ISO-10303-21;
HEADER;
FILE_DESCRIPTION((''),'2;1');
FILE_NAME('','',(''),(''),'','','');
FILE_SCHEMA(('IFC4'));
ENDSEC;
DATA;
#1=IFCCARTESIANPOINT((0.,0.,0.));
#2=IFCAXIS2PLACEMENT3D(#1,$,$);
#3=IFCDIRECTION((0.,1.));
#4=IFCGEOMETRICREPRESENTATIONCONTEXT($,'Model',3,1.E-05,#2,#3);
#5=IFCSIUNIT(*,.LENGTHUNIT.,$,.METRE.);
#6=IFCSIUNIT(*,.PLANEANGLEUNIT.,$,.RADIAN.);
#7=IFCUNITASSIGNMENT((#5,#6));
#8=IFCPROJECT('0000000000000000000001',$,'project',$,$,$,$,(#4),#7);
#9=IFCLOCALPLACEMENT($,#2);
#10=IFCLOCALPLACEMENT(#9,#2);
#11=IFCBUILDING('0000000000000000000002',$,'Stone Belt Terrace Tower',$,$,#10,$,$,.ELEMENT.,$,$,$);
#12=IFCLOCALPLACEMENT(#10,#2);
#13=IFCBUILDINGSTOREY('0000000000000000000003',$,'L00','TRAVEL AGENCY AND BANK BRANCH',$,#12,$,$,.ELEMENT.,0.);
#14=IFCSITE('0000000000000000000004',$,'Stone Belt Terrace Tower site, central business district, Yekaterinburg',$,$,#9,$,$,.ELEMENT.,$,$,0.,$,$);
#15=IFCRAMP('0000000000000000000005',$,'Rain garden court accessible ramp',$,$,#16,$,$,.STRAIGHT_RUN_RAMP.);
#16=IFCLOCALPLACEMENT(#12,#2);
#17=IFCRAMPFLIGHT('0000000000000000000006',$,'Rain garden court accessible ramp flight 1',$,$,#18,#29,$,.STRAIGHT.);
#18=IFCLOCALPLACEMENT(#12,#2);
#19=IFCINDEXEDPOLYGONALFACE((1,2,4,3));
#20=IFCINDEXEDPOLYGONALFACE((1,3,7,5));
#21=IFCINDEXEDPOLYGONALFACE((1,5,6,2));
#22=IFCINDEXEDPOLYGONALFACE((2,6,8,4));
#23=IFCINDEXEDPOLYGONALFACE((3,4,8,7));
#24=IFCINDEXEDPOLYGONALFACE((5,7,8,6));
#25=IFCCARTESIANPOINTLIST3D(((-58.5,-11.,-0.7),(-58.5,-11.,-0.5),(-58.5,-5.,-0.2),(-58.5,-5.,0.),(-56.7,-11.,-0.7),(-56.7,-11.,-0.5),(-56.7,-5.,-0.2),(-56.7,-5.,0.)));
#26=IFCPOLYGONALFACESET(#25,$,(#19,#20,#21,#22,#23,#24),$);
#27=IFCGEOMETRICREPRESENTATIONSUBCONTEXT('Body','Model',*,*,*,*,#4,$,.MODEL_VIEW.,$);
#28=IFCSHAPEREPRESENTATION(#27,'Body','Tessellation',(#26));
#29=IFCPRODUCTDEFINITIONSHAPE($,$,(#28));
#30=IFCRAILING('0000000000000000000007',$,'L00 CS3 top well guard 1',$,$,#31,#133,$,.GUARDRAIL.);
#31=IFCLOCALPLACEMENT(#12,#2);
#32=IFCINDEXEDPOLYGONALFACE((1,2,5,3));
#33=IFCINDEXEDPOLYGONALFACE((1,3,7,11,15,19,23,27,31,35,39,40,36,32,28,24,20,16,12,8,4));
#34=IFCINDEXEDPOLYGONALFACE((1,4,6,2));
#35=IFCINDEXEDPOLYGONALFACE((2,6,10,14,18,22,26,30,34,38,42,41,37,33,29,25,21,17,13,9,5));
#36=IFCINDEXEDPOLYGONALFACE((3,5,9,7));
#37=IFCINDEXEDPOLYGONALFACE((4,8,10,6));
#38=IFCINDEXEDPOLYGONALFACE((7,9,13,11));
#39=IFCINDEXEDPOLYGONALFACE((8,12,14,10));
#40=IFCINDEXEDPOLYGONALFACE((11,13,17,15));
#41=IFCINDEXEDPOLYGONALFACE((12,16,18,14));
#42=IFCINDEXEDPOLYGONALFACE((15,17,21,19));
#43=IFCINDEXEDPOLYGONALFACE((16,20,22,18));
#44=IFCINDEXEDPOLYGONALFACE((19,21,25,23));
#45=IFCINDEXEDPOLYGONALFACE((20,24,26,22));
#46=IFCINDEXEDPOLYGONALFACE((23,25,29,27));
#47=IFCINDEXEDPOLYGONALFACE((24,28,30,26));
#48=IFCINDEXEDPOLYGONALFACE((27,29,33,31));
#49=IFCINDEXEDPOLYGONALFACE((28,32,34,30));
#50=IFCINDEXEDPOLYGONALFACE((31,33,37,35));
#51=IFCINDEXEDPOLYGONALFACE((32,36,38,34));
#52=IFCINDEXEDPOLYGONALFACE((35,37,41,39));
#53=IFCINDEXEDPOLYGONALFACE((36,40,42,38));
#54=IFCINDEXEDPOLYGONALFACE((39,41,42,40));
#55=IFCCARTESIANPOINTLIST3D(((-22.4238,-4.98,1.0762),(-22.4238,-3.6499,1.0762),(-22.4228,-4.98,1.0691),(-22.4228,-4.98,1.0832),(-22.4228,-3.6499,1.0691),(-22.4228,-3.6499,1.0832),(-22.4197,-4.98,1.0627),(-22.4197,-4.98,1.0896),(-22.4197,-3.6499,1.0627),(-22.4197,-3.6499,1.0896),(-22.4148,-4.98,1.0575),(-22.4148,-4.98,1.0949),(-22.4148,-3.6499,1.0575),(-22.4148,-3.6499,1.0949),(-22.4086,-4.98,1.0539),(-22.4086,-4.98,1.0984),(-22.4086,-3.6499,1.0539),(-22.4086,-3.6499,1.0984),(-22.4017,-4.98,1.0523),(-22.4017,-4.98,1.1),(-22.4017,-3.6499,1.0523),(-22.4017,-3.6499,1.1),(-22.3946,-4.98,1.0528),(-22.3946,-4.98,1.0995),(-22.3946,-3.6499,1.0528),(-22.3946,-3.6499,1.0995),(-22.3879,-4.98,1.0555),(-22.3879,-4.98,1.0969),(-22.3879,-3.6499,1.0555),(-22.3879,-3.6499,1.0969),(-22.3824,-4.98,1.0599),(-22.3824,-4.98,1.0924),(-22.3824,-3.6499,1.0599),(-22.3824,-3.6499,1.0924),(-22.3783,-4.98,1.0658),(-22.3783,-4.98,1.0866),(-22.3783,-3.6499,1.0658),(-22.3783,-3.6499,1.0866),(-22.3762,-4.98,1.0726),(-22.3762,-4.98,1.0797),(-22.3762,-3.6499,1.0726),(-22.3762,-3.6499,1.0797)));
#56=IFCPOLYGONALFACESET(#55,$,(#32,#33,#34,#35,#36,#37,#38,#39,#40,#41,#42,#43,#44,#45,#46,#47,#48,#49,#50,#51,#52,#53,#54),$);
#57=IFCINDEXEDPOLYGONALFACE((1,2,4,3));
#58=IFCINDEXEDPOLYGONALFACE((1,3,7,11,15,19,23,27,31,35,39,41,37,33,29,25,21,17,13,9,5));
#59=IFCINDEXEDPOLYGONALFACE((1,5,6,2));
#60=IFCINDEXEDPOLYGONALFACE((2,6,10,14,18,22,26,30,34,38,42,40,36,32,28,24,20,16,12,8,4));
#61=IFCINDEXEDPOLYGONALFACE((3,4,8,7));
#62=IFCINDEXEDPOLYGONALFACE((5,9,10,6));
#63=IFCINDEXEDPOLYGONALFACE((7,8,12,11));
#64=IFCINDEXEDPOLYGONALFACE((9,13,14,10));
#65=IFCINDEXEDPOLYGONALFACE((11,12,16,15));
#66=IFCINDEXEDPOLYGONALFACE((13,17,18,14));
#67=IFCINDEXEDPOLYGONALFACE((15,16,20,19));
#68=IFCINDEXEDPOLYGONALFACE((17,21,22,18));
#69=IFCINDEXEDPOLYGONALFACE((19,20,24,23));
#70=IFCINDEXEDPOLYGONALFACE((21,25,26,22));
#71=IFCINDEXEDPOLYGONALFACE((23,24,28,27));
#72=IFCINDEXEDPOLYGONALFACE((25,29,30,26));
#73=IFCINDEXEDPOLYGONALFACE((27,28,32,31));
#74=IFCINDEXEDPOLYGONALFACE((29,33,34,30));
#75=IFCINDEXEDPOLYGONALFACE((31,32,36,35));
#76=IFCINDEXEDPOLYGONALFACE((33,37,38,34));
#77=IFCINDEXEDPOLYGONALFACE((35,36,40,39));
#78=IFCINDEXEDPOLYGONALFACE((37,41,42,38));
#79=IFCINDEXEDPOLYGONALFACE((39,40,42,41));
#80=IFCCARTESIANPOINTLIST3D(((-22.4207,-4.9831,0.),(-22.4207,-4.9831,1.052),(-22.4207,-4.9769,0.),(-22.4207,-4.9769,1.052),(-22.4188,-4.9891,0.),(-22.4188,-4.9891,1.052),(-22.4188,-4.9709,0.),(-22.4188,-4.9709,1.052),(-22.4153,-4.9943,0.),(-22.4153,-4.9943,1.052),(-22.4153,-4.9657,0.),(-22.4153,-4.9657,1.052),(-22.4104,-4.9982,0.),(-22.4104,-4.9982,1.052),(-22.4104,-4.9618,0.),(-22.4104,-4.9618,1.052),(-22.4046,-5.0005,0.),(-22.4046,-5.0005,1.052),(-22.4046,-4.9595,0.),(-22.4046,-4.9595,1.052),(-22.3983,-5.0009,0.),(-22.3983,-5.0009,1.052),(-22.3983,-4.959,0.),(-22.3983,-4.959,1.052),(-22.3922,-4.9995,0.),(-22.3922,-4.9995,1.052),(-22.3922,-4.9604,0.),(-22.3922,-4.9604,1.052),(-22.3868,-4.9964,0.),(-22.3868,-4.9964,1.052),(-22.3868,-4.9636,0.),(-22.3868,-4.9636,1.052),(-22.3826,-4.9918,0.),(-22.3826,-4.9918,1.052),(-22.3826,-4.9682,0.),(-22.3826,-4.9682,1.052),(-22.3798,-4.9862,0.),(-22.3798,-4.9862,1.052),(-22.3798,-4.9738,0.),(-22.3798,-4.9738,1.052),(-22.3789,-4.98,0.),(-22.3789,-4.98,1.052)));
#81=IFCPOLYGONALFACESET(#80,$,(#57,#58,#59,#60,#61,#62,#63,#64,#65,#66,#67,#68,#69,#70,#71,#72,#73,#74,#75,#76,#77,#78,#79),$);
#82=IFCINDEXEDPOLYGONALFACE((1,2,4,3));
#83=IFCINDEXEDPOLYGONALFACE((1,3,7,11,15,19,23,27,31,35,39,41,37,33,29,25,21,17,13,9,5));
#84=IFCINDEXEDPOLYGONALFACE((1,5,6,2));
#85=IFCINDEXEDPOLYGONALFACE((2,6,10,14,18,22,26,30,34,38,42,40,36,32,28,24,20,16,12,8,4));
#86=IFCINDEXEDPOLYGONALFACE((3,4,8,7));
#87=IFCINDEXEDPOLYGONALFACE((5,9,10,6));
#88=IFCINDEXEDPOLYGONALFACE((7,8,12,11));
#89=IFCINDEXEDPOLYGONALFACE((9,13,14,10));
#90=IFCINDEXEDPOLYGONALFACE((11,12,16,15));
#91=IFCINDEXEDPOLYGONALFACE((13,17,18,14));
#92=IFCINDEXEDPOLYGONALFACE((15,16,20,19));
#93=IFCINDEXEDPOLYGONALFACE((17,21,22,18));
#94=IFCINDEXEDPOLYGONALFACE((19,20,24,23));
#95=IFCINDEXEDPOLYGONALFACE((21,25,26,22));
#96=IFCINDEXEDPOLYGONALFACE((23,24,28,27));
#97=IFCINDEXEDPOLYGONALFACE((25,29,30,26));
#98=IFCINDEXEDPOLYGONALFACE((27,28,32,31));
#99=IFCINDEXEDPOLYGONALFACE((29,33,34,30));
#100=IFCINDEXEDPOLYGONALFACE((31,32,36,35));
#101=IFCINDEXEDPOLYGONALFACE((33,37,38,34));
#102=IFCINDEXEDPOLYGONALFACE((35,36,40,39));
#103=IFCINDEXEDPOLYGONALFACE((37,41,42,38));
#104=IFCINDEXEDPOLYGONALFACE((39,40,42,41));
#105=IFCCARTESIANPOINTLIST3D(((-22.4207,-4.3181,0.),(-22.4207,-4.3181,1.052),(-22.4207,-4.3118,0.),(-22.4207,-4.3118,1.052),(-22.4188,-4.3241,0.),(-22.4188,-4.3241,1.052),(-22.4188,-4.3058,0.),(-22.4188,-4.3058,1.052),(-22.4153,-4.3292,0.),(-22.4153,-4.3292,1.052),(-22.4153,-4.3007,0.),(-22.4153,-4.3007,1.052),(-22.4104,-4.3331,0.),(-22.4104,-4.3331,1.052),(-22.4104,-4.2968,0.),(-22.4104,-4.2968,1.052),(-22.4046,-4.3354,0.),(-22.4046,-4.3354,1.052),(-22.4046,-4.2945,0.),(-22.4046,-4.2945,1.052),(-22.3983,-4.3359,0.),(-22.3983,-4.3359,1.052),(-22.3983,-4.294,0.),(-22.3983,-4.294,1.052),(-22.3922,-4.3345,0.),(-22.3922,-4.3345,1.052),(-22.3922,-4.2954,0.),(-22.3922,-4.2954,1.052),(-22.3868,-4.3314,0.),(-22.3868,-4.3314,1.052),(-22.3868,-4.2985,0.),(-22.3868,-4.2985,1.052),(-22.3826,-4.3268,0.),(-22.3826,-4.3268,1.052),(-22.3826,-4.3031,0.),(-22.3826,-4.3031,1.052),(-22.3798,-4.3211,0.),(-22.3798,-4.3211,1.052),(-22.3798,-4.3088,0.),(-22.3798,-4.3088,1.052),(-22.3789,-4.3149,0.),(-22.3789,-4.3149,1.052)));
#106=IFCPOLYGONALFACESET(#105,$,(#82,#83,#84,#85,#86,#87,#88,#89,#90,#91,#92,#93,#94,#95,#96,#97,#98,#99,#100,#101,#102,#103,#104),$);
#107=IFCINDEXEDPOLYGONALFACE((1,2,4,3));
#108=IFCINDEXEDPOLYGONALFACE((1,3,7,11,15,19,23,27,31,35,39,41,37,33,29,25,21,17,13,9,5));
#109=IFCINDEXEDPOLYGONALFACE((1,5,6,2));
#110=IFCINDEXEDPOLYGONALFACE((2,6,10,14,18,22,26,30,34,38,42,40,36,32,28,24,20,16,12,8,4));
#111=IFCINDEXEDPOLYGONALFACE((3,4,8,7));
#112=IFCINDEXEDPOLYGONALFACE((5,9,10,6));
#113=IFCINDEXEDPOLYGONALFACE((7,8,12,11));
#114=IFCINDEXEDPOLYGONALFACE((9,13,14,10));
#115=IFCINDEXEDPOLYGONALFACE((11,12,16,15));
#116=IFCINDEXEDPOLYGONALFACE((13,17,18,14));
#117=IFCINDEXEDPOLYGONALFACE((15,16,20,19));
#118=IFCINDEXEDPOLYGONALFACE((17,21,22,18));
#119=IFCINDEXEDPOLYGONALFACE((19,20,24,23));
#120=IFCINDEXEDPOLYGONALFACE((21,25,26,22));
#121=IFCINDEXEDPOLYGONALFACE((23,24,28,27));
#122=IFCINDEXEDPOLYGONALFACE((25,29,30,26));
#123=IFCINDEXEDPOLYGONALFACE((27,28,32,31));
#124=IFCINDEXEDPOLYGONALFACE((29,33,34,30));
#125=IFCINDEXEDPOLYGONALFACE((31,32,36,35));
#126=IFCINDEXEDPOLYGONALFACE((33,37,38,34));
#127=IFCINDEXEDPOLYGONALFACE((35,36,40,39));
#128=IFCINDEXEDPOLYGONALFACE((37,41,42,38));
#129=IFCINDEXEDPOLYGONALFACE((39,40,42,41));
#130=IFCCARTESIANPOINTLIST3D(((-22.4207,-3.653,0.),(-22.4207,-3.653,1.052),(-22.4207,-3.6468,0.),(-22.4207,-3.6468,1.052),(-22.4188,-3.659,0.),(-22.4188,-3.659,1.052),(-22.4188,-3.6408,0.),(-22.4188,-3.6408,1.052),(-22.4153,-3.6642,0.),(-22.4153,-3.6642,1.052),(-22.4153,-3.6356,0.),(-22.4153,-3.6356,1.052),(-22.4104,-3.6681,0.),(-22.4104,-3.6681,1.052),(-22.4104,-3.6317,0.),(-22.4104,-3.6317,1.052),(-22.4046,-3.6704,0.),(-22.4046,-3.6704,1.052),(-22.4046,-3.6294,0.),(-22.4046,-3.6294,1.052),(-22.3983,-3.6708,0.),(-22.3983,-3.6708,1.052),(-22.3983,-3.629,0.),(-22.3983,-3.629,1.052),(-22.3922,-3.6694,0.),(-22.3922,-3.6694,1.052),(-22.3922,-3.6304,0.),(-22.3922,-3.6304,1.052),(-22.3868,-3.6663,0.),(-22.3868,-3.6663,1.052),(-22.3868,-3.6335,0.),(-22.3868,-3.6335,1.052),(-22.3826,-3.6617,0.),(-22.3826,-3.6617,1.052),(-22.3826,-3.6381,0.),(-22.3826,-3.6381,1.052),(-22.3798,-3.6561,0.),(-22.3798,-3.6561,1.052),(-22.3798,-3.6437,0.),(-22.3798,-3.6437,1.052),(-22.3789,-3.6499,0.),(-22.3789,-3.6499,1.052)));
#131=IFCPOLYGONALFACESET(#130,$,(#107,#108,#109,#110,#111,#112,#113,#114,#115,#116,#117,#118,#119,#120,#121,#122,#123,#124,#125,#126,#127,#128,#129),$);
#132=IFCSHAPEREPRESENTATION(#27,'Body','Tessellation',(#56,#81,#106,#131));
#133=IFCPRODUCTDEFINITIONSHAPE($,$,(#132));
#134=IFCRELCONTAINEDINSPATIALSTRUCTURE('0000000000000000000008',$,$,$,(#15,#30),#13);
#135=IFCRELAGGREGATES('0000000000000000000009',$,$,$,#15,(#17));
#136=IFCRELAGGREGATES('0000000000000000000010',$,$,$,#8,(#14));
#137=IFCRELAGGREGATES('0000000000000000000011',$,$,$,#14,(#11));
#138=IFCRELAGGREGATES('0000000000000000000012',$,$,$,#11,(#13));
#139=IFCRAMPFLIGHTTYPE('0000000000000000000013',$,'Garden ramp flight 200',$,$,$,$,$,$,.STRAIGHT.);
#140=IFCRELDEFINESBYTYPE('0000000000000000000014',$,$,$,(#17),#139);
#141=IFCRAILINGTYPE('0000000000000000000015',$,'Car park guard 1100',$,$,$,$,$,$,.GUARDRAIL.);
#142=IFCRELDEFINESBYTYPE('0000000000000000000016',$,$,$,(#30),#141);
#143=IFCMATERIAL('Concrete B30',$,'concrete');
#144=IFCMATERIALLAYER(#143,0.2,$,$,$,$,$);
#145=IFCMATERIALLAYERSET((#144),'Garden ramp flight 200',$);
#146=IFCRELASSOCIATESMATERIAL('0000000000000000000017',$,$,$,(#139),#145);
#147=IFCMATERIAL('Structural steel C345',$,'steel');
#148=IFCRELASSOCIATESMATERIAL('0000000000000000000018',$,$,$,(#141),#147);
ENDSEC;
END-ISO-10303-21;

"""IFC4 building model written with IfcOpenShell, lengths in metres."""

from ifc_helpers import new_model, si_unit, direction, frame, origin, origin_2d, place, context, subcontext, project, spatial, polyline, circle, outline, extrude, material, layer, layer_set, type_object, element, aggregate, save


model = new_model("IFC4")

# Units and contexts
model_context = context("Model", 3, precision=1e-05, world=origin(), true_north=direction((0.0, 1.0)))
body_context = subcontext(model_context, "Body", "Model", "MODEL_VIEW")
ifc_project = project(units=[si_unit("LENGTHUNIT", "METRE"), si_unit("PLANEANGLEUNIT", "RADIAN")], contexts=[model_context])

# Site, building, storey
site_placement = place(None, origin())
site = spatial("IfcSite", under=ifc_project, at=site_placement, Name="Stone Belt Terrace Tower site, central business district, Yekaterinburg", CompositionType="ELEMENT", RefElevation=0.0)
building_placement = place(site_placement, origin())
building = spatial("IfcBuilding", under=site, at=building_placement, Name="Stone Belt Terrace Tower", CompositionType="ELEMENT")
storey_placement = place(building_placement, origin())
storey = spatial("IfcBuildingStorey", under=building, at=storey_placement, Name="L00", Description="TRAVEL AGENCY AND BANK BRANCH", CompositionType="ELEMENT", Elevation=0.0)

# Shared definitions
ifc_material_1 = material(Name="Concrete B30", Category="concrete")

# Ramp, ramp flight
ramp_placement = place(storey_placement, origin())
ramp = element("IfcRamp", 1, at=ramp_placement, inside=storey, Name="Rain garden court accessible ramp", PredefinedType="STRAIGHT_RUN_RAMP")
ifc_layer_1 = layer(ifc_material_1, 0.2)
ifc_layer_set_1 = layer_set([ifc_layer_1], Name="Garden ramp flight 200")
ramp_flight_type = type_object("IfcRampFlightType", Name="Garden ramp flight 200", PredefinedType="STRAIGHT", material=ifc_layer_set_1)
ramp_flight_placement = place(storey_placement, frame((-58.5, -5.0, -0.2), z_axis=(-1.0, 0.0, 0.0), x_axis=(0.0, -0.996546, -0.083045)))
ramp_flight = element("IfcRampFlight", 2, at=ramp_flight_placement, type_object=ramp_flight_type, Name="Rain garden court accessible ramp flight 1", PredefinedType="STRAIGHT", context=body_context, shape_type="SweptSolid", body=[
    extrude(outline(polyline([(0.0, 0.0), (6.0208, 0.0), (6.0042, 0.1993), (-0.0166, 0.1993), (0.0, 0.0)])), origin(), (0.0, 0.0, -1.0), 1.8),
])
aggregate(ramp, [ramp_flight])

# Railing
ifc_material_2 = material(Name="Structural steel C345", Category="steel")
railing_type_1 = type_object("IfcRailingType", Name="Car park guard 1100", PredefinedType="GUARDRAIL", material=ifc_material_2)
railing_1_placement = place(storey_placement, frame((-22.3999, -4.98, 0.0)))
element("IfcRailing", 3, at=railing_1_placement, inside=storey, type_object=railing_type_1, Name="L00 CS3 top well guard 1", PredefinedType="GUARDRAIL", context=body_context, shape_type="SweptSolid", body=[
    extrude(circle(Radius=0.0239, at=origin_2d()), frame((0.0, 0.0, 1.0762), z_axis=(0.0, 1.0, 0.0), x_axis=(-1.0, 0.0, 0.0)), (0.0, 0.0, 1.0), 1.3301),
    extrude(circle(Radius=0.021, at=origin_2d()), origin(), (0.0, 0.0, 1.0), 1.052),
    extrude(circle(Radius=0.021, at=origin_2d()), frame((0.0, 0.665, 0.0)), (0.0, 0.0, 1.0), 1.052),
    extrude(circle(Radius=0.021, at=origin_2d()), frame((0.0, 1.3301, 0.0)), (0.0, 0.0, 1.0), 1.052),
])

save(model, "model.ifc")
